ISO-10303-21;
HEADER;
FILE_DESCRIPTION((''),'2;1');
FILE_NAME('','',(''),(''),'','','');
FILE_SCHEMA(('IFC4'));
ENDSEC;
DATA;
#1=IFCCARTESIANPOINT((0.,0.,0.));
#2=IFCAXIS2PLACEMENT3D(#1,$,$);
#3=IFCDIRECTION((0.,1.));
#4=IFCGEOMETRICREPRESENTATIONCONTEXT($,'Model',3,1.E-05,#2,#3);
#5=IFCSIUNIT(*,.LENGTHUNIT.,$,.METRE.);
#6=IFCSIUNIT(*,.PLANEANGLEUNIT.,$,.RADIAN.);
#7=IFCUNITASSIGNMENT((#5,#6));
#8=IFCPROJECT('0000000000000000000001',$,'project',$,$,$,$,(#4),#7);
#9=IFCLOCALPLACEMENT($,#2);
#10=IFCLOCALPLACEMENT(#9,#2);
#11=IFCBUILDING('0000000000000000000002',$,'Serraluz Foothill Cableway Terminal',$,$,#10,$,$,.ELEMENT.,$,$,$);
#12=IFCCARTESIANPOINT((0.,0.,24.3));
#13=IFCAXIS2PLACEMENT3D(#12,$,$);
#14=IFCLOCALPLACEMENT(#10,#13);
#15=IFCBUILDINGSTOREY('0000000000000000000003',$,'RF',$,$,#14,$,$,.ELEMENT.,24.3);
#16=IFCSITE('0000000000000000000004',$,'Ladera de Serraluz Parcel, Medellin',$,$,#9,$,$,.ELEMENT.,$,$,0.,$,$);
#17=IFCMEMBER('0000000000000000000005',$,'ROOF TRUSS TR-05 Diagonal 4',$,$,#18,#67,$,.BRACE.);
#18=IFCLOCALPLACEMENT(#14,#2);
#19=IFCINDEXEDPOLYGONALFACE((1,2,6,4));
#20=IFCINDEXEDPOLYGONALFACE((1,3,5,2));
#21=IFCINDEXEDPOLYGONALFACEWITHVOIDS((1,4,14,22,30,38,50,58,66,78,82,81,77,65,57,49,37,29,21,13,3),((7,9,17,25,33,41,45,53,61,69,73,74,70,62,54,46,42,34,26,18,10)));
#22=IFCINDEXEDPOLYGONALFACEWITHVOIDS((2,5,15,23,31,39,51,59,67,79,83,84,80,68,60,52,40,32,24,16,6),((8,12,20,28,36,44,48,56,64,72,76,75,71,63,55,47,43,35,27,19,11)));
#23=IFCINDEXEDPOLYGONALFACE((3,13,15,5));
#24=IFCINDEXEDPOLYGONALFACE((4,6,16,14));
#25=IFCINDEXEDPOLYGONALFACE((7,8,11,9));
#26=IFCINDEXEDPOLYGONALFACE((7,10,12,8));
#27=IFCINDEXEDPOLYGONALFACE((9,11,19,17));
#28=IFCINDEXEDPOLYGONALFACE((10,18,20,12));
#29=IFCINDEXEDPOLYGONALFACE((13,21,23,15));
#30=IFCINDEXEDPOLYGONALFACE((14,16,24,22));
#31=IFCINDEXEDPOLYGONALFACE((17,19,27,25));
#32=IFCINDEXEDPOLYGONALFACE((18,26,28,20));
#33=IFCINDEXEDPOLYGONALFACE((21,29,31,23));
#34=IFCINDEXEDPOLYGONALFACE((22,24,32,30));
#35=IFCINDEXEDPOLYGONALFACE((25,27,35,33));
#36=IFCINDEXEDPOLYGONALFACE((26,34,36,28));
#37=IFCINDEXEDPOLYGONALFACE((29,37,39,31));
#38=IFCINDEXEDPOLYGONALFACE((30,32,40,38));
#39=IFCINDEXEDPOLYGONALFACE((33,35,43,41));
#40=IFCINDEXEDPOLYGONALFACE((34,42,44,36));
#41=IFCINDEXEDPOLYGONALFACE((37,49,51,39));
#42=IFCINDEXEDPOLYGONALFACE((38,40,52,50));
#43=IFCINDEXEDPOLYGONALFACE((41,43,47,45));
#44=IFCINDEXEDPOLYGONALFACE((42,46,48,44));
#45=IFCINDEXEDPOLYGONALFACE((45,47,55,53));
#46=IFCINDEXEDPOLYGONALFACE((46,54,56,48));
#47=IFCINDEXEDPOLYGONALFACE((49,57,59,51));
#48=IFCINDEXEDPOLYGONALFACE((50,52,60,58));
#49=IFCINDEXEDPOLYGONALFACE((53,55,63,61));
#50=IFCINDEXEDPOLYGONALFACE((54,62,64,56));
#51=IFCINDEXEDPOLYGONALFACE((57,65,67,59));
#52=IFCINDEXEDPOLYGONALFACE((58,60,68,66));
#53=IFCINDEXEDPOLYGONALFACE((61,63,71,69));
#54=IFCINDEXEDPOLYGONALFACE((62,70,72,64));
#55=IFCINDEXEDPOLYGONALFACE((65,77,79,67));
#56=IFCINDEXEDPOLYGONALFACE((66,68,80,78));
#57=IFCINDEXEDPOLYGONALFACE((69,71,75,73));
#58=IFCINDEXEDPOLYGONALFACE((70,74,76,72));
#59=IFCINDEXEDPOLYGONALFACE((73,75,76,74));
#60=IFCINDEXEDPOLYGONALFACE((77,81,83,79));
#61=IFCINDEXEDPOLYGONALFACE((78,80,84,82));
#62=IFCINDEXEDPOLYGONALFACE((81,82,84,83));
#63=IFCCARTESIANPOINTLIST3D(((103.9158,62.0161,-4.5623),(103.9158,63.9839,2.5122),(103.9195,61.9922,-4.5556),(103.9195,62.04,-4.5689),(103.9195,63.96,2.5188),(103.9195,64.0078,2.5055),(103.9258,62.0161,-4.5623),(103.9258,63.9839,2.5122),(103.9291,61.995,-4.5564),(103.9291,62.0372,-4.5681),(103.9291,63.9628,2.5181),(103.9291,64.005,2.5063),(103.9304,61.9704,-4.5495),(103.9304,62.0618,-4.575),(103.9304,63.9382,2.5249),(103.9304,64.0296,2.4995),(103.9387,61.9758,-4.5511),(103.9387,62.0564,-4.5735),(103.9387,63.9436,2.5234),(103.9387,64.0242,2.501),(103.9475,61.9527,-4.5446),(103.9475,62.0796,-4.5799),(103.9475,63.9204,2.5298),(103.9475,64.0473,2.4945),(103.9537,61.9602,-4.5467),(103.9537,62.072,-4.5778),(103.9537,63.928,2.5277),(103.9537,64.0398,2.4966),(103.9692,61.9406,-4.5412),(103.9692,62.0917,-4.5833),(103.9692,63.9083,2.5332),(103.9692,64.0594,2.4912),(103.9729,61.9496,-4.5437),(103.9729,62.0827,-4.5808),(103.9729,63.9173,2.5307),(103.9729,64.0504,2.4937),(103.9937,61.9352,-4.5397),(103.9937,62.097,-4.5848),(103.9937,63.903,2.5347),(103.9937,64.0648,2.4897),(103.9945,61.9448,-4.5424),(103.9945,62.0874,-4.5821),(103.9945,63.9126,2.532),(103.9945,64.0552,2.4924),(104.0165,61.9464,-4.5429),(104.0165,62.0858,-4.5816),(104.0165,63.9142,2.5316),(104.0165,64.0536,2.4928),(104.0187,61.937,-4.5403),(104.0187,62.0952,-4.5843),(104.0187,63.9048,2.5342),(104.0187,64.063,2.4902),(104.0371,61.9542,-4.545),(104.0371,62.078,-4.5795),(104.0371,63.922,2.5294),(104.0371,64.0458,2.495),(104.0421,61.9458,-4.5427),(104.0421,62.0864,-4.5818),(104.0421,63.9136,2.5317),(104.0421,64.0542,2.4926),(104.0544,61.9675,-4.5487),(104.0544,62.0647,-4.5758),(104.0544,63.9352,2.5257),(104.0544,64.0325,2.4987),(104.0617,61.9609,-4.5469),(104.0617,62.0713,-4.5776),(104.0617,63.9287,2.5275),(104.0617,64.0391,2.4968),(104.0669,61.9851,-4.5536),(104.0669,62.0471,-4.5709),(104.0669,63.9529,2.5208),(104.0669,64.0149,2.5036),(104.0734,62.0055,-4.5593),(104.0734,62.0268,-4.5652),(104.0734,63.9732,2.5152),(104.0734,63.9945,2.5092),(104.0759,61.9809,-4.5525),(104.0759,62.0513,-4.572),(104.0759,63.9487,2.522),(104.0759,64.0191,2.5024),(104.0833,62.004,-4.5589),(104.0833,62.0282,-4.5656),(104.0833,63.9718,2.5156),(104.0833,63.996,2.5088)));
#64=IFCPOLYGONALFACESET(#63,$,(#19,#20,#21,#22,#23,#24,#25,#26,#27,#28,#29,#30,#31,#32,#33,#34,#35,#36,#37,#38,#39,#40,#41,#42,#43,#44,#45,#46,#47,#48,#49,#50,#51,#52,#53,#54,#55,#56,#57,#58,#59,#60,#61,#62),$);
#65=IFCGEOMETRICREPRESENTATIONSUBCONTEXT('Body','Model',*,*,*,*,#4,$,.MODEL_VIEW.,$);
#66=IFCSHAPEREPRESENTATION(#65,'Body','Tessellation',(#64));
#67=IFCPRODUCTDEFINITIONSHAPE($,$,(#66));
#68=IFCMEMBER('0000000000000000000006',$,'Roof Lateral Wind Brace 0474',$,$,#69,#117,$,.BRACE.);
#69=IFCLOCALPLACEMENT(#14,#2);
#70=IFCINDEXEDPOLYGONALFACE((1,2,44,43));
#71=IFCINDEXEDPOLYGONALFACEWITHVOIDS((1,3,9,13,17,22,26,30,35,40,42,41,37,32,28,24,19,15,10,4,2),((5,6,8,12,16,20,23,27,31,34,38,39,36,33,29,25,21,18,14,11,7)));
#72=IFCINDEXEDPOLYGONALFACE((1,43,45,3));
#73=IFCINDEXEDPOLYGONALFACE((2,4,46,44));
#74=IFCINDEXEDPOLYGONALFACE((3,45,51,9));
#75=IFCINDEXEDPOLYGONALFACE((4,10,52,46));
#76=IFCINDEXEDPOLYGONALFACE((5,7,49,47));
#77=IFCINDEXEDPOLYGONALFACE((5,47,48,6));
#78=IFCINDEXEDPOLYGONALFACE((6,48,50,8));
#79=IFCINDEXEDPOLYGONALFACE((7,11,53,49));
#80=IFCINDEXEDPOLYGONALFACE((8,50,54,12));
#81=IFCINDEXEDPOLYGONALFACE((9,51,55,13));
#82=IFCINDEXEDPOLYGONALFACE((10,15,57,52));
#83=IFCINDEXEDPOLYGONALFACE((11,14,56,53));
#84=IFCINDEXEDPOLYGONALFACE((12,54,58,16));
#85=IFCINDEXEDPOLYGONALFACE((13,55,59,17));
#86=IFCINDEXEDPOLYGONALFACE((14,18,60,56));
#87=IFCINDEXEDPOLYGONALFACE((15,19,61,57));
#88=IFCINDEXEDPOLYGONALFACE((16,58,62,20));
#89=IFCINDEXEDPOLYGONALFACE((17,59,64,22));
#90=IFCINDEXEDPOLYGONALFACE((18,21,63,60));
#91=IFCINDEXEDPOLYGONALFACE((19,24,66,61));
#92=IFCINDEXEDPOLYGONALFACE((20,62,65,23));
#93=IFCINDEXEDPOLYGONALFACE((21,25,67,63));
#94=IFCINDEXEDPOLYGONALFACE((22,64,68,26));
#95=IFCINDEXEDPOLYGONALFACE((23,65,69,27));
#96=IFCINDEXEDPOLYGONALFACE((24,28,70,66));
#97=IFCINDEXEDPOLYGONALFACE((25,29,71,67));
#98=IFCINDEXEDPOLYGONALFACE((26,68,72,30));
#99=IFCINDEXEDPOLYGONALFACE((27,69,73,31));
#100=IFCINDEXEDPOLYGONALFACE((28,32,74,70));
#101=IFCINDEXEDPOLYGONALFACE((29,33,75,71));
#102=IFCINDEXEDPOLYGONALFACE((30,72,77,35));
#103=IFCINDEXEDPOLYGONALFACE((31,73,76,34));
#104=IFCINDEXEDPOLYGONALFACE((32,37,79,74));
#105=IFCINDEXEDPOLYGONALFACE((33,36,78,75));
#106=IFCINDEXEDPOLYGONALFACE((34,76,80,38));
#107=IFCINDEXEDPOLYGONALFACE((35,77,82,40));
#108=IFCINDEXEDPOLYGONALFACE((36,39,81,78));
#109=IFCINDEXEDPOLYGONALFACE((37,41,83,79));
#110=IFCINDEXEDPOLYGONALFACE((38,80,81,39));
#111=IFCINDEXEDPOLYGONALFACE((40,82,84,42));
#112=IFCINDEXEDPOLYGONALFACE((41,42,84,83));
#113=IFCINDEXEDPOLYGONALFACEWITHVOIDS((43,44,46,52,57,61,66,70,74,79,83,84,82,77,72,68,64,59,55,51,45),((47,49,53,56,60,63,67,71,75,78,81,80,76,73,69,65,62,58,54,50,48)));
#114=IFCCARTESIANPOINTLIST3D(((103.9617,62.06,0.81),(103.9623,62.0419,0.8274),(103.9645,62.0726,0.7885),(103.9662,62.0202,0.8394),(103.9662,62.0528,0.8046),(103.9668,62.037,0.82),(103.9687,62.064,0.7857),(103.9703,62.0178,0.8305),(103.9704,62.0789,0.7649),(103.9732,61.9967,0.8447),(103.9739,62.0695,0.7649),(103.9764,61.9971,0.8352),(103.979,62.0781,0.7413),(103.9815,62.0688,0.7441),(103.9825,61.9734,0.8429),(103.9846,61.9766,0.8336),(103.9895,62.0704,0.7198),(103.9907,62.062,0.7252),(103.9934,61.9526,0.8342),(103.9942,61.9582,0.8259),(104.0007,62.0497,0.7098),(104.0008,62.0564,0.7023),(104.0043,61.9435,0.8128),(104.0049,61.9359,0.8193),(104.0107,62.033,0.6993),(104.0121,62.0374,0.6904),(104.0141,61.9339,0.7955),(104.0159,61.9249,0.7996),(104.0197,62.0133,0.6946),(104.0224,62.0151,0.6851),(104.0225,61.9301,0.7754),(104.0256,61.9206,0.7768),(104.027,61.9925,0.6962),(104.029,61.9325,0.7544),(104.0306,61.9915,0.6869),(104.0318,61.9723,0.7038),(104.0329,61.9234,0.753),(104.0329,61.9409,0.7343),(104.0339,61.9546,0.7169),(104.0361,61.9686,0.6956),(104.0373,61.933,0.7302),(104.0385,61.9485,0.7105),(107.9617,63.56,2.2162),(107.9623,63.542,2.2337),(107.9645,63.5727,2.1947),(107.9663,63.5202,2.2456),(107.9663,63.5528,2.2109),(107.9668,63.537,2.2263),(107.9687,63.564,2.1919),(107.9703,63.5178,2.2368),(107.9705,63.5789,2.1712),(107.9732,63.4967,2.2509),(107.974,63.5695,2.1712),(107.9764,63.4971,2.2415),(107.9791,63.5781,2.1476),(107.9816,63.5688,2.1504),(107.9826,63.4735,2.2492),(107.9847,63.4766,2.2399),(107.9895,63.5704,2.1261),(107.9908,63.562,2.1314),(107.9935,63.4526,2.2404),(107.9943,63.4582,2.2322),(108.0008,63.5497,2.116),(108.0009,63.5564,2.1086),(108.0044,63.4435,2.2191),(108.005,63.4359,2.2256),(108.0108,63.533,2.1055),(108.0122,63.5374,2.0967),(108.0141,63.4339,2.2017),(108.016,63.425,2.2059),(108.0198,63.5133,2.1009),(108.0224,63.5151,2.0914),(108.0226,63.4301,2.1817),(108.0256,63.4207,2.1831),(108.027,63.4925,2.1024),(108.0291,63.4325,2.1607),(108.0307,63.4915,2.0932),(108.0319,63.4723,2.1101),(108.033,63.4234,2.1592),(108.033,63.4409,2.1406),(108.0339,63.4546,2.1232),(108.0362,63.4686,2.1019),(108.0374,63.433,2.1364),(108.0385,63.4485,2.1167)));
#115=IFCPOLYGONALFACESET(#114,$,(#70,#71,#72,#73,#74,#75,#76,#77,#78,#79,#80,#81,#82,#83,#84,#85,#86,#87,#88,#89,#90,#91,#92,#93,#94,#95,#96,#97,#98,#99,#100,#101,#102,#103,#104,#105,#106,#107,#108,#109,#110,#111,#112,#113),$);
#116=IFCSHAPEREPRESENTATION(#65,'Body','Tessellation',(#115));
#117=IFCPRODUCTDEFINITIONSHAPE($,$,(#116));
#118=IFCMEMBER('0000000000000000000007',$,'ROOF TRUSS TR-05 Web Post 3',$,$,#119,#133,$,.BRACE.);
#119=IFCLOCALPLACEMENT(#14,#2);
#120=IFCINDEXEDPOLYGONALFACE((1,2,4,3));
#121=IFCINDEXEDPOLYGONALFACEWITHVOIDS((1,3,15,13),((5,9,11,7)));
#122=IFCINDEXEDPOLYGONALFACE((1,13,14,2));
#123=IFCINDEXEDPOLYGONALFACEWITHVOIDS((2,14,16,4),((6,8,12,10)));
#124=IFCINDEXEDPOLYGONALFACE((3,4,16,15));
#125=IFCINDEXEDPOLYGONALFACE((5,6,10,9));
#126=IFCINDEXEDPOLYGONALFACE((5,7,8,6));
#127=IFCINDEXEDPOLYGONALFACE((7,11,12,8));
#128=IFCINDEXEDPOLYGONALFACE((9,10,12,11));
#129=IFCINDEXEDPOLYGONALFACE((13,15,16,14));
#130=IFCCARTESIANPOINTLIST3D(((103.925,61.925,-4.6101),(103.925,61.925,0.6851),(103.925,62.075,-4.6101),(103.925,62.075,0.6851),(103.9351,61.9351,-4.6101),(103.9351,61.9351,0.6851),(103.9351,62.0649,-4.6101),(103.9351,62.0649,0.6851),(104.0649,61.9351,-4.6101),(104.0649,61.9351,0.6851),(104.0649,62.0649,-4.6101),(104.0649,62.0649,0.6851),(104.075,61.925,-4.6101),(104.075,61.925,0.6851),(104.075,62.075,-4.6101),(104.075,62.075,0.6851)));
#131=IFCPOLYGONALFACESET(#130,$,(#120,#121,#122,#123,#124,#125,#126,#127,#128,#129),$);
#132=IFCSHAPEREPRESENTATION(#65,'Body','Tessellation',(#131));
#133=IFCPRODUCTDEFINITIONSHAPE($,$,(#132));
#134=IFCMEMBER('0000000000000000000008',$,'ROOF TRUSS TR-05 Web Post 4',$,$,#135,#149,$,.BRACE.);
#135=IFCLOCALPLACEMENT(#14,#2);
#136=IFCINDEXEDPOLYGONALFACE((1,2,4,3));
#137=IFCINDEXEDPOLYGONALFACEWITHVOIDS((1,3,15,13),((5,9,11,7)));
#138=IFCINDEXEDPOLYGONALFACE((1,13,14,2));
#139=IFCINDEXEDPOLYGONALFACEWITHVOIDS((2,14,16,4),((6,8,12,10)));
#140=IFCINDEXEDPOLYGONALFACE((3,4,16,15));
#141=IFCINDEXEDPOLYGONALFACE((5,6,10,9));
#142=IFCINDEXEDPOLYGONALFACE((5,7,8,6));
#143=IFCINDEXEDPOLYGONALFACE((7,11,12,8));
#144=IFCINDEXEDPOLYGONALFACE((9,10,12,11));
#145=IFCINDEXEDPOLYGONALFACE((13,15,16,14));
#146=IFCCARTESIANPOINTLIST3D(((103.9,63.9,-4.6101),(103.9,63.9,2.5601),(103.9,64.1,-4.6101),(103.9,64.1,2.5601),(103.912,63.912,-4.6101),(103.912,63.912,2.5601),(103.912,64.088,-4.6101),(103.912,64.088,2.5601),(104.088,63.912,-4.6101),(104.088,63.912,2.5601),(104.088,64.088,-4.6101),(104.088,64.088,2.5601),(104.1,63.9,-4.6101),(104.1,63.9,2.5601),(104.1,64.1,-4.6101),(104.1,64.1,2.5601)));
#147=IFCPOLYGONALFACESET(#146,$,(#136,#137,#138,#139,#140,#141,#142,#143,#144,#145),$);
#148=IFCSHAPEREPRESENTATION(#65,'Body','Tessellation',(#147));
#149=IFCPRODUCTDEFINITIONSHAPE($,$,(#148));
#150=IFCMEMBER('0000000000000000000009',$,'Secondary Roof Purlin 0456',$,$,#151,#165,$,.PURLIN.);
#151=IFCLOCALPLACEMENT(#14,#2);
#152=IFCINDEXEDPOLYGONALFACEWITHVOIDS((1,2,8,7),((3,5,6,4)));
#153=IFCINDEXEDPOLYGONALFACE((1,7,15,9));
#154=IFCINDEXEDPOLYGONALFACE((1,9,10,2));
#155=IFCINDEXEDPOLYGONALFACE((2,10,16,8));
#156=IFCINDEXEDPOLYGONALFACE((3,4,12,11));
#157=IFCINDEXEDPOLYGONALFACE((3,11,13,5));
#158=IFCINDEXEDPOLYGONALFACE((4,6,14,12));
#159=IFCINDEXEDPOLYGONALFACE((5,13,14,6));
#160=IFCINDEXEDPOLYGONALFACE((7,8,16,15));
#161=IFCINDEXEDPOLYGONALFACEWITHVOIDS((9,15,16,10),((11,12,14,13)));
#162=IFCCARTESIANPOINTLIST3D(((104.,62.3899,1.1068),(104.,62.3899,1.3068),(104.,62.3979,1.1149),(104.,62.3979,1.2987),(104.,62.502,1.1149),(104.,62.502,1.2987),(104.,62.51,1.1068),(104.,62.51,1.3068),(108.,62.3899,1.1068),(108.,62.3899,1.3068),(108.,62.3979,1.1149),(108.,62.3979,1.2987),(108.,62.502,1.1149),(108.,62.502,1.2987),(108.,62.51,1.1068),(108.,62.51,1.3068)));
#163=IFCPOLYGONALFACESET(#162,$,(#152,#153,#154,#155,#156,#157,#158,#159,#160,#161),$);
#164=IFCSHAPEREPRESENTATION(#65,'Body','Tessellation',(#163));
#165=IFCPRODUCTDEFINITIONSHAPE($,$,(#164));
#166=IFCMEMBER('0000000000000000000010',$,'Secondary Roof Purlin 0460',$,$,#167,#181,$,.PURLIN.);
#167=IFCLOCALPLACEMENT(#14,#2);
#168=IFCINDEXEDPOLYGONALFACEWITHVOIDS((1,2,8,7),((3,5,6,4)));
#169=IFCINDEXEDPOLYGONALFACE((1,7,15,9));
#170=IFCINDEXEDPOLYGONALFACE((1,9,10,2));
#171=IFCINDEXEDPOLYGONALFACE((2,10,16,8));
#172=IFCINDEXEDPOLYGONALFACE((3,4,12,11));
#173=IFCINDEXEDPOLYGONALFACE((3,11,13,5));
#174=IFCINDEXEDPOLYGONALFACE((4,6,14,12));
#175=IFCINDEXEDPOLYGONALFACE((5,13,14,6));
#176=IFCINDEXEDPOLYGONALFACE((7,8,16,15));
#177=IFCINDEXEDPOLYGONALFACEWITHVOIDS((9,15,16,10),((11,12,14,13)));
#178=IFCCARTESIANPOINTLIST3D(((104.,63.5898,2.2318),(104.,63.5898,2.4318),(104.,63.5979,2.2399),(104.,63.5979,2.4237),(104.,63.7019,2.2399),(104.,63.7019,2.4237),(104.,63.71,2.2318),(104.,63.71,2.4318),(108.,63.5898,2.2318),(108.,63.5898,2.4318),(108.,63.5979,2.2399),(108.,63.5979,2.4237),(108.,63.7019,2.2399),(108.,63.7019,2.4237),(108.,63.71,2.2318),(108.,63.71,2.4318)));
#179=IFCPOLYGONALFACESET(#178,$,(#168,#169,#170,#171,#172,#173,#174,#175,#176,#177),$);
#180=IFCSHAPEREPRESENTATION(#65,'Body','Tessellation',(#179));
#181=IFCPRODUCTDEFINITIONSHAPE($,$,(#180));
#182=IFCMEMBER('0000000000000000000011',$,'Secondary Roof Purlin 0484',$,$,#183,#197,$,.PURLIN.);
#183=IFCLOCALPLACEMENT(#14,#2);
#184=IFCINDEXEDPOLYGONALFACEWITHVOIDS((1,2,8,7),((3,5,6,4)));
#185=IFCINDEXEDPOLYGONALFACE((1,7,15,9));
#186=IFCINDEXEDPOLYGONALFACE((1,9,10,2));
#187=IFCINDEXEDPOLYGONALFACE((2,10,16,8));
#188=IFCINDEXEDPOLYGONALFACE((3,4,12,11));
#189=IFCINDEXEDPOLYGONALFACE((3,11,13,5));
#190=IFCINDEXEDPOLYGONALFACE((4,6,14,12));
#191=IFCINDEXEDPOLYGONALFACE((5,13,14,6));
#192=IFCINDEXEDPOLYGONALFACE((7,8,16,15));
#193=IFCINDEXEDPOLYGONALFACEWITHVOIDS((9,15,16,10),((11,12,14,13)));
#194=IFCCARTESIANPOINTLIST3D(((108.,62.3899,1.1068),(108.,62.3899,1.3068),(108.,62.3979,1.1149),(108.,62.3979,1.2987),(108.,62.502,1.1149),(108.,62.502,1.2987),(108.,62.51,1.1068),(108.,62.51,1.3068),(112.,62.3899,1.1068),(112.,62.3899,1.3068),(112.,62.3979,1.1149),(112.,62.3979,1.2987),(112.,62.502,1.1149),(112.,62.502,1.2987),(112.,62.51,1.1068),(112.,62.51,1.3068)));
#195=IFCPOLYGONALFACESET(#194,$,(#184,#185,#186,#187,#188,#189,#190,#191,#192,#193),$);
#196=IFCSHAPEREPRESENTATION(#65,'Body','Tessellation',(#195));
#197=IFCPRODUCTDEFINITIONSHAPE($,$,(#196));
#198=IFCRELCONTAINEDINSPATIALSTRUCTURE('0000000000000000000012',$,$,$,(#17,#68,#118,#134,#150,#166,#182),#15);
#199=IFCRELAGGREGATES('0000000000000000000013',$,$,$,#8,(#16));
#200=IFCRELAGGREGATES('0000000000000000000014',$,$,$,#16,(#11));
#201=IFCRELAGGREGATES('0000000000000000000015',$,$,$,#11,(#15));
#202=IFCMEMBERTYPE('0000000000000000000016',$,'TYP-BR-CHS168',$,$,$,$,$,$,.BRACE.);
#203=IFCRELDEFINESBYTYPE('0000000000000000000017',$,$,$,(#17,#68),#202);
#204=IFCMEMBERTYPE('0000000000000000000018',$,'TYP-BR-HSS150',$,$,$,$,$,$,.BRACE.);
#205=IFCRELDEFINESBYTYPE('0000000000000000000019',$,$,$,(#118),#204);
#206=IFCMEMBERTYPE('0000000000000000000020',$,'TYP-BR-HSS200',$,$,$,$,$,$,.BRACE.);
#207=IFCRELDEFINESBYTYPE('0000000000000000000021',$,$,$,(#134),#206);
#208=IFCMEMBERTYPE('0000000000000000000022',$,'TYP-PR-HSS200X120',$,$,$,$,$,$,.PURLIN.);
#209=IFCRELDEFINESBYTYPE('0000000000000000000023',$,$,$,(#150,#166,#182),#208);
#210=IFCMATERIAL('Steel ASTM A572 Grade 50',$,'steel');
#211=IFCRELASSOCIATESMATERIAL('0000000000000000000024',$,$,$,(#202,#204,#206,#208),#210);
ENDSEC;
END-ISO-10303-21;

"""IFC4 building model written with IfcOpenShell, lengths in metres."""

from ifc_helpers import new_model, si_unit, direction, frame, origin, origin_2d, place, context, subcontext, project, spatial, hollow_rectangle, hollow_circle, extrude, material, material_profile, profile_set, type_object, element, save


model = new_model("IFC4")

# Units and contexts
model_context = context("Model", 3, precision=1e-05, world=origin(), true_north=direction((0.0, 1.0)))
body_context = subcontext(model_context, "Body", "Model", "MODEL_VIEW")
ifc_project = project(units=[si_unit("LENGTHUNIT", "METRE"), si_unit("PLANEANGLEUNIT", "RADIAN")], contexts=[model_context])

# Site, building, storey
site_placement = place(None, origin())
site = spatial("IfcSite", under=ifc_project, at=site_placement, Name="Ladera de Serraluz Parcel, Medellin", CompositionType="ELEMENT", RefElevation=0.0)
building_placement = place(site_placement, origin())
building = spatial("IfcBuilding", under=site, at=building_placement, Name="Serraluz Foothill Cableway Terminal", CompositionType="ELEMENT")
storey_placement = place(building_placement, frame((0.0, 0.0, 24.3)))
storey = spatial("IfcBuildingStorey", under=building, at=storey_placement, Name="RF", CompositionType="ELEMENT", Elevation=24.3)

# Members
ifc_material_1 = material(Name="Steel ASTM A572 Grade 50", Category="steel")
ifc_material_profile_1 = material_profile(ifc_material_1, hollow_circle(Radius=0.0842, WallThickness=0.01, at=origin_2d()), Name="CHS168X10")
ifc_profile_set_1 = profile_set([ifc_material_profile_1], Name="Steel ASTM A572 Grade 50")
member_type_1 = type_object("IfcMemberType", Name="TYP-BR-CHS168", PredefinedType="BRACE", material=ifc_profile_set_1)
member_1_placement = place(storey_placement, frame((104.0, 62.0161, -4.5623), z_axis=(0.0, 0.267978, 0.963425), x_axis=(-1.0, 0.0, 0.0)))
element("IfcMember", 1, at=member_1_placement, inside=storey, type_object=member_type_1, Name="ROOF TRUSS TR-05 Diagonal 4", PredefinedType="BRACE", context=body_context, shape_type="SweptSolid", body=[
    extrude(hollow_circle(Radius=0.0842, WallThickness=0.01, at=origin_2d()), origin(), (0.0, 0.0, 1.0), 7.343),
])
member_2_placement = place(storey_placement, frame((104.0, 62.0, 0.7649), z_axis=(0.889382, 0.333518, 0.312673), x_axis=(-0.351123, 0.936329, 0.0)))
element("IfcMember", 2, at=member_2_placement, inside=storey, type_object=member_type_1, Name="Roof Lateral Wind Brace 0474", PredefinedType="BRACE", context=body_context, shape_type="SweptSolid", body=[
    extrude(hollow_circle(Radius=0.0842, WallThickness=0.01, at=origin_2d()), origin(), (0.0, 0.0, 1.0), 4.4976),
])
ifc_material_profile_2 = material_profile(ifc_material_1, hollow_rectangle(XDim=0.1499, YDim=0.1499, WallThickness=0.01, at=origin_2d()), Name="HSS150X150X10")
ifc_profile_set_2 = profile_set([ifc_material_profile_2], Name="Steel ASTM A572 Grade 50")
member_type_2 = type_object("IfcMemberType", Name="TYP-BR-HSS150", PredefinedType="BRACE", material=ifc_profile_set_2)
member_3_placement = place(storey_placement, frame((104.0, 62.0, -4.6101), z_axis=(0.0, 0.0, 1.0), x_axis=(1.0, 0.0, 0.0)))
element("IfcMember", 3, at=member_3_placement, inside=storey, type_object=member_type_2, Name="ROOF TRUSS TR-05 Web Post 3", PredefinedType="BRACE", context=body_context, shape_type="SweptSolid", body=[
    extrude(hollow_rectangle(XDim=0.1499, YDim=0.1499, WallThickness=0.01, at=origin_2d()), origin(), (0.0, 0.0, 1.0), 5.2952),
])
ifc_material_profile_3 = material_profile(ifc_material_1, hollow_rectangle(XDim=0.2, YDim=0.2, WallThickness=0.012, at=origin_2d()), Name="HSS200X200X12")
ifc_profile_set_3 = profile_set([ifc_material_profile_3], Name="Steel ASTM A572 Grade 50")
member_type_3 = type_object("IfcMemberType", Name="TYP-BR-HSS200", PredefinedType="BRACE", material=ifc_profile_set_3)
member_4_placement = place(storey_placement, frame((104.0, 64.0, -4.6101), z_axis=(0.0, 0.0, 1.0), x_axis=(1.0, 0.0, 0.0)))
element("IfcMember", 4, at=member_4_placement, inside=storey, type_object=member_type_3, Name="ROOF TRUSS TR-05 Web Post 4", PredefinedType="BRACE", context=body_context, shape_type="SweptSolid", body=[
    extrude(hollow_rectangle(XDim=0.2, YDim=0.2, WallThickness=0.012, at=origin_2d()), origin(), (0.0, 0.0, 1.0), 7.1702),
])
ifc_material_profile_4 = material_profile(ifc_material_1, hollow_rectangle(XDim=0.1201, YDim=0.2, WallThickness=0.0081, at=origin_2d()), Name="HSS200X120X8")
ifc_profile_set_4 = profile_set([ifc_material_profile_4], Name="Steel ASTM A572 Grade 50")
member_type_4 = type_object("IfcMemberType", Name="TYP-PR-HSS200X120", PredefinedType="PURLIN", material=ifc_profile_set_4)
for number, where, z_axis, x_axis, name in (
    (5, (104.0, 62.45, 1.2068), (1.0, 0.0, 0.0), (0.0, 1.0, 0.0), "Secondary Roof Purlin 0456"),
    (6, (104.0, 63.6499, 2.3318), (1.0, 0.0, 0.0), (0.0, 1.0, 0.0), "Secondary Roof Purlin 0460"),
    (7, (108.0, 62.45, 1.2068), (1.0, 0.0, 0.0), (0.0, 1.0, 0.0), "Secondary Roof Purlin 0484"),
):
    element("IfcMember", number, at=place(storey_placement, frame(where, z_axis=z_axis, x_axis=x_axis)), inside=storey, type_object=member_type_4, Name=name, PredefinedType="PURLIN", context=body_context, shape_type="SweptSolid", body=[
        extrude(hollow_rectangle(XDim=0.1201, YDim=0.2, WallThickness=0.0081, at=origin_2d()), origin(), (0.0, 0.0, 1.0), 4.0),
    ])

save(model, "model.ifc")
